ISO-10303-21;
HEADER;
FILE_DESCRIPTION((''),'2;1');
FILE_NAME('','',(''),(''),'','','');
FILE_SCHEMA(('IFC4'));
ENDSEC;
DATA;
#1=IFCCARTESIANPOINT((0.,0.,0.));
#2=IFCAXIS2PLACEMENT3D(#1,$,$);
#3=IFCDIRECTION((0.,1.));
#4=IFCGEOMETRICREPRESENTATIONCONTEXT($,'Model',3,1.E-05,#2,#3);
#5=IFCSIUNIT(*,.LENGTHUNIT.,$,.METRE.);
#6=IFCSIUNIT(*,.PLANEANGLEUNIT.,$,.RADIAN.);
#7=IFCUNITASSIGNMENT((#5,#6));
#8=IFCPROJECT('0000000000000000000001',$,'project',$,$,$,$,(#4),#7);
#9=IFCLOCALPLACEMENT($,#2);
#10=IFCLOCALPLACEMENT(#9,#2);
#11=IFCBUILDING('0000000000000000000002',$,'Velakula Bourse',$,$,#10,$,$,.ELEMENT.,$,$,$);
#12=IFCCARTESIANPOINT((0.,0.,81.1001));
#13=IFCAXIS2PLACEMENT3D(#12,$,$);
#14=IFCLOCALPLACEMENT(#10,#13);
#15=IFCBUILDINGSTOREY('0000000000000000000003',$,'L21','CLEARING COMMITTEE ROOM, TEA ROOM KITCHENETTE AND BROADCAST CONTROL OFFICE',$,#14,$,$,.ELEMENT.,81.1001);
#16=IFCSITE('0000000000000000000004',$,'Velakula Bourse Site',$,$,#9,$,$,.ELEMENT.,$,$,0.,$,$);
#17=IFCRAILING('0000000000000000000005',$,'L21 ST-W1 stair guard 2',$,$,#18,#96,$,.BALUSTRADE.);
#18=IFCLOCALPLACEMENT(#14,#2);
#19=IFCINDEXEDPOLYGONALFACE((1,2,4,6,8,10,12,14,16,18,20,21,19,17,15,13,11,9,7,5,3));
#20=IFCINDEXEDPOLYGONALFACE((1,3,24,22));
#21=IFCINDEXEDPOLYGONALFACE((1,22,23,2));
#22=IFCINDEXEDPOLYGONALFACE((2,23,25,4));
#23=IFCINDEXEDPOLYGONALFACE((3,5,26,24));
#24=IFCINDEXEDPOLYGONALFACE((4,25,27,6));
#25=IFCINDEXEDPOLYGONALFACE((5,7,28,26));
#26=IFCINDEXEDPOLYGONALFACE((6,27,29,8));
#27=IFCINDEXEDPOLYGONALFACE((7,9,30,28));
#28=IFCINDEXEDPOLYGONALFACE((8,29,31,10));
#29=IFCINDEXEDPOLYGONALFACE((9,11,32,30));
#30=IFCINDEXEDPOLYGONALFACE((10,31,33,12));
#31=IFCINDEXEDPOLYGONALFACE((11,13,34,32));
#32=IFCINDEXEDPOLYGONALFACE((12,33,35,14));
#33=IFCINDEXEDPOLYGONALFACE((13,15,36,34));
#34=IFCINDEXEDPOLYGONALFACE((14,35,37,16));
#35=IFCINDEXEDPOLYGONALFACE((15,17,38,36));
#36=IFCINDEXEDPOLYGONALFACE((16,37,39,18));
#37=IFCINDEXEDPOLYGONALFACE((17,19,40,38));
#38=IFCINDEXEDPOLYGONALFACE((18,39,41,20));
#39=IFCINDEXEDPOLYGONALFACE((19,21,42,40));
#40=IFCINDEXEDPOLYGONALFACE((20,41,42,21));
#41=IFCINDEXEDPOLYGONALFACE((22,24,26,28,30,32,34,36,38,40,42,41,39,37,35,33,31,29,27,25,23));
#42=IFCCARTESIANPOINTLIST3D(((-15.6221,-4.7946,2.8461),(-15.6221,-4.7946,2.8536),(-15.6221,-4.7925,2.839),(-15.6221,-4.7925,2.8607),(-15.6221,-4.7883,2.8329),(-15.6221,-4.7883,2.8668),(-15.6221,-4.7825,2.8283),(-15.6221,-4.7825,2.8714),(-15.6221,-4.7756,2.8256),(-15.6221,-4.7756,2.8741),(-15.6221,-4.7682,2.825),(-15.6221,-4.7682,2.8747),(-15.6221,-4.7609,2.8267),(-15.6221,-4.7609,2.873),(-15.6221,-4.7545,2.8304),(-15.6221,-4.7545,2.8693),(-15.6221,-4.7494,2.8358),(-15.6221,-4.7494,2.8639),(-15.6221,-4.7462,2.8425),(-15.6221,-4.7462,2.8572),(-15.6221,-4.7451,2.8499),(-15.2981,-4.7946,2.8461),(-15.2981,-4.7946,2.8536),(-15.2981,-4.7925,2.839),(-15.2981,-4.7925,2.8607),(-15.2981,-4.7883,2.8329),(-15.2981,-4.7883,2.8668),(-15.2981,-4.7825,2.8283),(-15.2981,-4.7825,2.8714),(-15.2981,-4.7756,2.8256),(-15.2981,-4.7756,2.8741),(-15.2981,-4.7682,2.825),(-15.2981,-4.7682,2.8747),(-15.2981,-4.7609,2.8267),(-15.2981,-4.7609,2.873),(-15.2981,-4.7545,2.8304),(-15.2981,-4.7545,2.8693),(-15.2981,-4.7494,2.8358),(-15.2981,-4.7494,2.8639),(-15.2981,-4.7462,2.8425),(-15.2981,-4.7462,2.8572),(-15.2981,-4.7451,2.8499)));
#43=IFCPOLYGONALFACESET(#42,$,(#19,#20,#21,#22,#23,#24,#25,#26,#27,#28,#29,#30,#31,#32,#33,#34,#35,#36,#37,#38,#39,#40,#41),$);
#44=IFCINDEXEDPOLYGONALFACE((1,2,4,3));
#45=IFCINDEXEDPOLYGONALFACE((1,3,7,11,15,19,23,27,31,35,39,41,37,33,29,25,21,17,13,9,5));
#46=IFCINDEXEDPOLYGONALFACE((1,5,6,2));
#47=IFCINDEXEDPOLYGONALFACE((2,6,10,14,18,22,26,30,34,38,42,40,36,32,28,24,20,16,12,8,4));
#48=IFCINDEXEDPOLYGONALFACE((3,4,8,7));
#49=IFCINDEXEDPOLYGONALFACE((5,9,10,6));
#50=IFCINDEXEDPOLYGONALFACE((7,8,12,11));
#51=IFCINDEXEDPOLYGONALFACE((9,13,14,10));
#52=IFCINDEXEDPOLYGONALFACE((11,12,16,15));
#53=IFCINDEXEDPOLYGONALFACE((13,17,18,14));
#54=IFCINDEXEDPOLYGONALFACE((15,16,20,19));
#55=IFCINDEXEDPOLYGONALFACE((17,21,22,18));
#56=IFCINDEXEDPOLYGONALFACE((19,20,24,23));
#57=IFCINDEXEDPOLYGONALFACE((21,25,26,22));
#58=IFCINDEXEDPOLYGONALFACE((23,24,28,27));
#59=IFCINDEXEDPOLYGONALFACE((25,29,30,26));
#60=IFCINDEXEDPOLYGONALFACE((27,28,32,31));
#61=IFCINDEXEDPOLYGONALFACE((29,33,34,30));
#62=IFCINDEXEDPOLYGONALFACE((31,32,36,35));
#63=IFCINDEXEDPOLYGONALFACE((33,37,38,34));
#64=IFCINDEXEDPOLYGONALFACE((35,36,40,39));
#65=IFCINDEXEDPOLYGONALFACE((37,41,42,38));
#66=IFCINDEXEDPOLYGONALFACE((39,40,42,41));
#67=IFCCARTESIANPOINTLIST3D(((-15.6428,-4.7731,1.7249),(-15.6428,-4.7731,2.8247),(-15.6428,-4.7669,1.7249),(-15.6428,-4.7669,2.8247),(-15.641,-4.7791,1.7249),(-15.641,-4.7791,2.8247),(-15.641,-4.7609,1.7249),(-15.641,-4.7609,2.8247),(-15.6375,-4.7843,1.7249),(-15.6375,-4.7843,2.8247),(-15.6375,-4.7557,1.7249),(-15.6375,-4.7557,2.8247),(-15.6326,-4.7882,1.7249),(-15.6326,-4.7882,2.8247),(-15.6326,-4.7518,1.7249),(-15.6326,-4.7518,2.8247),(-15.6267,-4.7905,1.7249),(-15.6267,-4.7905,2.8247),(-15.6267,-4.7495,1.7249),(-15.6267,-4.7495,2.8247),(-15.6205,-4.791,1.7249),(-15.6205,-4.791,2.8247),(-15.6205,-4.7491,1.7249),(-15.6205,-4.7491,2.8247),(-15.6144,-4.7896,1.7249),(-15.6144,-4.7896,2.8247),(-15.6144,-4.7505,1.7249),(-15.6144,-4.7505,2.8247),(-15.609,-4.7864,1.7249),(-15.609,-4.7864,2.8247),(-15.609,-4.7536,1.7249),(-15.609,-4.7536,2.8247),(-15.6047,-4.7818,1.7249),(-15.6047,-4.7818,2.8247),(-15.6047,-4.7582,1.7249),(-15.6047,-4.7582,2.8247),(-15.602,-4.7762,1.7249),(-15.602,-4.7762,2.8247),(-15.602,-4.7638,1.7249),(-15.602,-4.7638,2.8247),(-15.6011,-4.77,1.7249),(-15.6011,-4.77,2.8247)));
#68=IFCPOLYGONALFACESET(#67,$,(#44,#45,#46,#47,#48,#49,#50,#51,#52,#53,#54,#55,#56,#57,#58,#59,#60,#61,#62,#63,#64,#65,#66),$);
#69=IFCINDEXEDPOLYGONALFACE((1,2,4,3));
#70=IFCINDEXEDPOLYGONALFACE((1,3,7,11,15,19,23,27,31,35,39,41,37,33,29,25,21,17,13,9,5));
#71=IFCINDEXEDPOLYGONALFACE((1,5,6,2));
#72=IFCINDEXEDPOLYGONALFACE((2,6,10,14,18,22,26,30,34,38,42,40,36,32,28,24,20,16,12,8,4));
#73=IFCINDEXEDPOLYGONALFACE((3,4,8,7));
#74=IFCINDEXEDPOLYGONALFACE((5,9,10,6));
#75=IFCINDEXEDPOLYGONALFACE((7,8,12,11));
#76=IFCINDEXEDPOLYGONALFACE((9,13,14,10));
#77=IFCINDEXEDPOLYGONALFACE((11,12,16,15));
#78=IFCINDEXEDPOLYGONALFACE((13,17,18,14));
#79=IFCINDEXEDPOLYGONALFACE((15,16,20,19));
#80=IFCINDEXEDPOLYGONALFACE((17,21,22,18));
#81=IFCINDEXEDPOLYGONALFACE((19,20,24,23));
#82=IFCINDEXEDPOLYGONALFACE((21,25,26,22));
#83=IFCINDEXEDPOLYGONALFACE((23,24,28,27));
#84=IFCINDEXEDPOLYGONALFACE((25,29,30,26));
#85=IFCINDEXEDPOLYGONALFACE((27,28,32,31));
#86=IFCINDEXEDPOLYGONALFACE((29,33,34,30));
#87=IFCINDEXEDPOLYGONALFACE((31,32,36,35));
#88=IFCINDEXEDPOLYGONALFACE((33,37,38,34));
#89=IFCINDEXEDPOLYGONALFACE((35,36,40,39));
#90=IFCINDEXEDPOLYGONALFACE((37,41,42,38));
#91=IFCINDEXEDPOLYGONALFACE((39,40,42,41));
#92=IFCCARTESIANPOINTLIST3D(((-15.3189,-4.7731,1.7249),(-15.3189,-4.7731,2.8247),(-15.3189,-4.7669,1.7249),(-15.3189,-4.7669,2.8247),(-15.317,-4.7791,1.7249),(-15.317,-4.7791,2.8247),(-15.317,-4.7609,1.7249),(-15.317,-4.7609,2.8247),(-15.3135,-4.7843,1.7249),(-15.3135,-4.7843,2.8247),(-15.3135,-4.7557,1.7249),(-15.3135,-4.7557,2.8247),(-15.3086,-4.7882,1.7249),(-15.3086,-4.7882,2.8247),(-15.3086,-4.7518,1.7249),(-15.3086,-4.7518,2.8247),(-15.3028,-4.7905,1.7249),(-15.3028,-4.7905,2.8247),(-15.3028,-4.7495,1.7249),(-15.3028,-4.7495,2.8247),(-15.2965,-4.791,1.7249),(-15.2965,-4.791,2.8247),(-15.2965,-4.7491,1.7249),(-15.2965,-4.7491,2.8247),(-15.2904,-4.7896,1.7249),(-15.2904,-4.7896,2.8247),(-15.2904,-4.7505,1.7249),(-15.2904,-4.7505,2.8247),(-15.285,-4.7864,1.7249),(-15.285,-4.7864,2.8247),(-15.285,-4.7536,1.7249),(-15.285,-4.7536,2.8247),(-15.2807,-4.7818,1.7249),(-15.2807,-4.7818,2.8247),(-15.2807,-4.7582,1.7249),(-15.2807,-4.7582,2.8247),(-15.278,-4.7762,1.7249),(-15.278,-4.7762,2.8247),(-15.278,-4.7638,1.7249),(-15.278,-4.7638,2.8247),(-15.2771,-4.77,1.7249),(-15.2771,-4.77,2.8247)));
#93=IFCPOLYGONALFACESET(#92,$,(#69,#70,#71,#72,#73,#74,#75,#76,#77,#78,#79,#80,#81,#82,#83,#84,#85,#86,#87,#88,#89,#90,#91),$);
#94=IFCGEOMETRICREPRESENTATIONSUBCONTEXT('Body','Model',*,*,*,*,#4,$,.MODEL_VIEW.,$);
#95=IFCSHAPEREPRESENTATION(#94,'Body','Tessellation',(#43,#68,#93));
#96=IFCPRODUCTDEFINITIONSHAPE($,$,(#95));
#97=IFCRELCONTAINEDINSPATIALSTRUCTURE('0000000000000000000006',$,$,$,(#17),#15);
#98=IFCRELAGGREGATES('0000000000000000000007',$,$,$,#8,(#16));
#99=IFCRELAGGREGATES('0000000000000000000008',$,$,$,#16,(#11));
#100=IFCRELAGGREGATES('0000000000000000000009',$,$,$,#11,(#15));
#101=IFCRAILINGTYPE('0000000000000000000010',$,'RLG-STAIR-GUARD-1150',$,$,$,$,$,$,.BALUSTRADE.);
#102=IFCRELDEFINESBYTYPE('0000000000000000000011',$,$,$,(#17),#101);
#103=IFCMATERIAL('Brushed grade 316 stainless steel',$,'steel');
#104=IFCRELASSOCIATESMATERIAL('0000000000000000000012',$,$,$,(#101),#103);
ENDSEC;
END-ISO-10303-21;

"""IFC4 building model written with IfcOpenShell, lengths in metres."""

from ifc_helpers import new_model, si_unit, direction, frame, origin, origin_2d, place, context, subcontext, project, spatial, circle, extrude, material, type_object, element, save


model = new_model("IFC4")

# Units and contexts
model_context = context("Model", 3, precision=1e-05, world=origin(), true_north=direction((0.0, 1.0)))
body_context = subcontext(model_context, "Body", "Model", "MODEL_VIEW")
ifc_project = project(units=[si_unit("LENGTHUNIT", "METRE"), si_unit("PLANEANGLEUNIT", "RADIAN")], contexts=[model_context])

# Site, building, storey
site_placement = place(None, origin())
site = spatial("IfcSite", under=ifc_project, at=site_placement, Name="Velakula Bourse Site", CompositionType="ELEMENT", RefElevation=0.0)
building_placement = place(site_placement, origin())
building = spatial("IfcBuilding", under=site, at=building_placement, Name="Velakula Bourse", CompositionType="ELEMENT")
storey_placement = place(building_placement, frame((0.0, 0.0, 81.1001)))
storey = spatial("IfcBuildingStorey", under=building, at=storey_placement, Name="L21", Description="CLEARING COMMITTEE ROOM, TEA ROOM KITCHENETTE AND BROADCAST CONTROL OFFICE", CompositionType="ELEMENT", Elevation=81.1001)

# Shared definitions
ifc_material_1 = material(Name="Brushed grade 316 stainless steel", Category="steel")

# Railing
railing_type_1 = type_object("IfcRailingType", Name="RLG-STAIR-GUARD-1150", PredefinedType="BALUSTRADE", material=ifc_material_1)
railing_1_placement = place(storey_placement, frame((-15.6221, -4.77, 1.7249)))
element("IfcRailing", 1, at=railing_1_placement, inside=storey, type_object=railing_type_1, Name="L21 ST-W1 stair guard 2", PredefinedType="BALUSTRADE", context=body_context, shape_type="SweptSolid", body=[
    extrude(circle(Radius=0.0249, at=origin_2d()), frame((0.0, 0.0, 1.125), z_axis=(1.0, 0.0, 0.0), x_axis=(0.0, 1.0, 0.0)), (0.0, 0.0, 1.0), 0.324),
    extrude(circle(Radius=0.021, at=origin_2d()), origin(), (0.0, 0.0, 1.0), 1.0999),
    extrude(circle(Radius=0.021, at=origin_2d()), frame((0.324, 0.0, 0.0)), (0.0, 0.0, 1.0), 1.0999),
])

save(model, "model.ifc")
